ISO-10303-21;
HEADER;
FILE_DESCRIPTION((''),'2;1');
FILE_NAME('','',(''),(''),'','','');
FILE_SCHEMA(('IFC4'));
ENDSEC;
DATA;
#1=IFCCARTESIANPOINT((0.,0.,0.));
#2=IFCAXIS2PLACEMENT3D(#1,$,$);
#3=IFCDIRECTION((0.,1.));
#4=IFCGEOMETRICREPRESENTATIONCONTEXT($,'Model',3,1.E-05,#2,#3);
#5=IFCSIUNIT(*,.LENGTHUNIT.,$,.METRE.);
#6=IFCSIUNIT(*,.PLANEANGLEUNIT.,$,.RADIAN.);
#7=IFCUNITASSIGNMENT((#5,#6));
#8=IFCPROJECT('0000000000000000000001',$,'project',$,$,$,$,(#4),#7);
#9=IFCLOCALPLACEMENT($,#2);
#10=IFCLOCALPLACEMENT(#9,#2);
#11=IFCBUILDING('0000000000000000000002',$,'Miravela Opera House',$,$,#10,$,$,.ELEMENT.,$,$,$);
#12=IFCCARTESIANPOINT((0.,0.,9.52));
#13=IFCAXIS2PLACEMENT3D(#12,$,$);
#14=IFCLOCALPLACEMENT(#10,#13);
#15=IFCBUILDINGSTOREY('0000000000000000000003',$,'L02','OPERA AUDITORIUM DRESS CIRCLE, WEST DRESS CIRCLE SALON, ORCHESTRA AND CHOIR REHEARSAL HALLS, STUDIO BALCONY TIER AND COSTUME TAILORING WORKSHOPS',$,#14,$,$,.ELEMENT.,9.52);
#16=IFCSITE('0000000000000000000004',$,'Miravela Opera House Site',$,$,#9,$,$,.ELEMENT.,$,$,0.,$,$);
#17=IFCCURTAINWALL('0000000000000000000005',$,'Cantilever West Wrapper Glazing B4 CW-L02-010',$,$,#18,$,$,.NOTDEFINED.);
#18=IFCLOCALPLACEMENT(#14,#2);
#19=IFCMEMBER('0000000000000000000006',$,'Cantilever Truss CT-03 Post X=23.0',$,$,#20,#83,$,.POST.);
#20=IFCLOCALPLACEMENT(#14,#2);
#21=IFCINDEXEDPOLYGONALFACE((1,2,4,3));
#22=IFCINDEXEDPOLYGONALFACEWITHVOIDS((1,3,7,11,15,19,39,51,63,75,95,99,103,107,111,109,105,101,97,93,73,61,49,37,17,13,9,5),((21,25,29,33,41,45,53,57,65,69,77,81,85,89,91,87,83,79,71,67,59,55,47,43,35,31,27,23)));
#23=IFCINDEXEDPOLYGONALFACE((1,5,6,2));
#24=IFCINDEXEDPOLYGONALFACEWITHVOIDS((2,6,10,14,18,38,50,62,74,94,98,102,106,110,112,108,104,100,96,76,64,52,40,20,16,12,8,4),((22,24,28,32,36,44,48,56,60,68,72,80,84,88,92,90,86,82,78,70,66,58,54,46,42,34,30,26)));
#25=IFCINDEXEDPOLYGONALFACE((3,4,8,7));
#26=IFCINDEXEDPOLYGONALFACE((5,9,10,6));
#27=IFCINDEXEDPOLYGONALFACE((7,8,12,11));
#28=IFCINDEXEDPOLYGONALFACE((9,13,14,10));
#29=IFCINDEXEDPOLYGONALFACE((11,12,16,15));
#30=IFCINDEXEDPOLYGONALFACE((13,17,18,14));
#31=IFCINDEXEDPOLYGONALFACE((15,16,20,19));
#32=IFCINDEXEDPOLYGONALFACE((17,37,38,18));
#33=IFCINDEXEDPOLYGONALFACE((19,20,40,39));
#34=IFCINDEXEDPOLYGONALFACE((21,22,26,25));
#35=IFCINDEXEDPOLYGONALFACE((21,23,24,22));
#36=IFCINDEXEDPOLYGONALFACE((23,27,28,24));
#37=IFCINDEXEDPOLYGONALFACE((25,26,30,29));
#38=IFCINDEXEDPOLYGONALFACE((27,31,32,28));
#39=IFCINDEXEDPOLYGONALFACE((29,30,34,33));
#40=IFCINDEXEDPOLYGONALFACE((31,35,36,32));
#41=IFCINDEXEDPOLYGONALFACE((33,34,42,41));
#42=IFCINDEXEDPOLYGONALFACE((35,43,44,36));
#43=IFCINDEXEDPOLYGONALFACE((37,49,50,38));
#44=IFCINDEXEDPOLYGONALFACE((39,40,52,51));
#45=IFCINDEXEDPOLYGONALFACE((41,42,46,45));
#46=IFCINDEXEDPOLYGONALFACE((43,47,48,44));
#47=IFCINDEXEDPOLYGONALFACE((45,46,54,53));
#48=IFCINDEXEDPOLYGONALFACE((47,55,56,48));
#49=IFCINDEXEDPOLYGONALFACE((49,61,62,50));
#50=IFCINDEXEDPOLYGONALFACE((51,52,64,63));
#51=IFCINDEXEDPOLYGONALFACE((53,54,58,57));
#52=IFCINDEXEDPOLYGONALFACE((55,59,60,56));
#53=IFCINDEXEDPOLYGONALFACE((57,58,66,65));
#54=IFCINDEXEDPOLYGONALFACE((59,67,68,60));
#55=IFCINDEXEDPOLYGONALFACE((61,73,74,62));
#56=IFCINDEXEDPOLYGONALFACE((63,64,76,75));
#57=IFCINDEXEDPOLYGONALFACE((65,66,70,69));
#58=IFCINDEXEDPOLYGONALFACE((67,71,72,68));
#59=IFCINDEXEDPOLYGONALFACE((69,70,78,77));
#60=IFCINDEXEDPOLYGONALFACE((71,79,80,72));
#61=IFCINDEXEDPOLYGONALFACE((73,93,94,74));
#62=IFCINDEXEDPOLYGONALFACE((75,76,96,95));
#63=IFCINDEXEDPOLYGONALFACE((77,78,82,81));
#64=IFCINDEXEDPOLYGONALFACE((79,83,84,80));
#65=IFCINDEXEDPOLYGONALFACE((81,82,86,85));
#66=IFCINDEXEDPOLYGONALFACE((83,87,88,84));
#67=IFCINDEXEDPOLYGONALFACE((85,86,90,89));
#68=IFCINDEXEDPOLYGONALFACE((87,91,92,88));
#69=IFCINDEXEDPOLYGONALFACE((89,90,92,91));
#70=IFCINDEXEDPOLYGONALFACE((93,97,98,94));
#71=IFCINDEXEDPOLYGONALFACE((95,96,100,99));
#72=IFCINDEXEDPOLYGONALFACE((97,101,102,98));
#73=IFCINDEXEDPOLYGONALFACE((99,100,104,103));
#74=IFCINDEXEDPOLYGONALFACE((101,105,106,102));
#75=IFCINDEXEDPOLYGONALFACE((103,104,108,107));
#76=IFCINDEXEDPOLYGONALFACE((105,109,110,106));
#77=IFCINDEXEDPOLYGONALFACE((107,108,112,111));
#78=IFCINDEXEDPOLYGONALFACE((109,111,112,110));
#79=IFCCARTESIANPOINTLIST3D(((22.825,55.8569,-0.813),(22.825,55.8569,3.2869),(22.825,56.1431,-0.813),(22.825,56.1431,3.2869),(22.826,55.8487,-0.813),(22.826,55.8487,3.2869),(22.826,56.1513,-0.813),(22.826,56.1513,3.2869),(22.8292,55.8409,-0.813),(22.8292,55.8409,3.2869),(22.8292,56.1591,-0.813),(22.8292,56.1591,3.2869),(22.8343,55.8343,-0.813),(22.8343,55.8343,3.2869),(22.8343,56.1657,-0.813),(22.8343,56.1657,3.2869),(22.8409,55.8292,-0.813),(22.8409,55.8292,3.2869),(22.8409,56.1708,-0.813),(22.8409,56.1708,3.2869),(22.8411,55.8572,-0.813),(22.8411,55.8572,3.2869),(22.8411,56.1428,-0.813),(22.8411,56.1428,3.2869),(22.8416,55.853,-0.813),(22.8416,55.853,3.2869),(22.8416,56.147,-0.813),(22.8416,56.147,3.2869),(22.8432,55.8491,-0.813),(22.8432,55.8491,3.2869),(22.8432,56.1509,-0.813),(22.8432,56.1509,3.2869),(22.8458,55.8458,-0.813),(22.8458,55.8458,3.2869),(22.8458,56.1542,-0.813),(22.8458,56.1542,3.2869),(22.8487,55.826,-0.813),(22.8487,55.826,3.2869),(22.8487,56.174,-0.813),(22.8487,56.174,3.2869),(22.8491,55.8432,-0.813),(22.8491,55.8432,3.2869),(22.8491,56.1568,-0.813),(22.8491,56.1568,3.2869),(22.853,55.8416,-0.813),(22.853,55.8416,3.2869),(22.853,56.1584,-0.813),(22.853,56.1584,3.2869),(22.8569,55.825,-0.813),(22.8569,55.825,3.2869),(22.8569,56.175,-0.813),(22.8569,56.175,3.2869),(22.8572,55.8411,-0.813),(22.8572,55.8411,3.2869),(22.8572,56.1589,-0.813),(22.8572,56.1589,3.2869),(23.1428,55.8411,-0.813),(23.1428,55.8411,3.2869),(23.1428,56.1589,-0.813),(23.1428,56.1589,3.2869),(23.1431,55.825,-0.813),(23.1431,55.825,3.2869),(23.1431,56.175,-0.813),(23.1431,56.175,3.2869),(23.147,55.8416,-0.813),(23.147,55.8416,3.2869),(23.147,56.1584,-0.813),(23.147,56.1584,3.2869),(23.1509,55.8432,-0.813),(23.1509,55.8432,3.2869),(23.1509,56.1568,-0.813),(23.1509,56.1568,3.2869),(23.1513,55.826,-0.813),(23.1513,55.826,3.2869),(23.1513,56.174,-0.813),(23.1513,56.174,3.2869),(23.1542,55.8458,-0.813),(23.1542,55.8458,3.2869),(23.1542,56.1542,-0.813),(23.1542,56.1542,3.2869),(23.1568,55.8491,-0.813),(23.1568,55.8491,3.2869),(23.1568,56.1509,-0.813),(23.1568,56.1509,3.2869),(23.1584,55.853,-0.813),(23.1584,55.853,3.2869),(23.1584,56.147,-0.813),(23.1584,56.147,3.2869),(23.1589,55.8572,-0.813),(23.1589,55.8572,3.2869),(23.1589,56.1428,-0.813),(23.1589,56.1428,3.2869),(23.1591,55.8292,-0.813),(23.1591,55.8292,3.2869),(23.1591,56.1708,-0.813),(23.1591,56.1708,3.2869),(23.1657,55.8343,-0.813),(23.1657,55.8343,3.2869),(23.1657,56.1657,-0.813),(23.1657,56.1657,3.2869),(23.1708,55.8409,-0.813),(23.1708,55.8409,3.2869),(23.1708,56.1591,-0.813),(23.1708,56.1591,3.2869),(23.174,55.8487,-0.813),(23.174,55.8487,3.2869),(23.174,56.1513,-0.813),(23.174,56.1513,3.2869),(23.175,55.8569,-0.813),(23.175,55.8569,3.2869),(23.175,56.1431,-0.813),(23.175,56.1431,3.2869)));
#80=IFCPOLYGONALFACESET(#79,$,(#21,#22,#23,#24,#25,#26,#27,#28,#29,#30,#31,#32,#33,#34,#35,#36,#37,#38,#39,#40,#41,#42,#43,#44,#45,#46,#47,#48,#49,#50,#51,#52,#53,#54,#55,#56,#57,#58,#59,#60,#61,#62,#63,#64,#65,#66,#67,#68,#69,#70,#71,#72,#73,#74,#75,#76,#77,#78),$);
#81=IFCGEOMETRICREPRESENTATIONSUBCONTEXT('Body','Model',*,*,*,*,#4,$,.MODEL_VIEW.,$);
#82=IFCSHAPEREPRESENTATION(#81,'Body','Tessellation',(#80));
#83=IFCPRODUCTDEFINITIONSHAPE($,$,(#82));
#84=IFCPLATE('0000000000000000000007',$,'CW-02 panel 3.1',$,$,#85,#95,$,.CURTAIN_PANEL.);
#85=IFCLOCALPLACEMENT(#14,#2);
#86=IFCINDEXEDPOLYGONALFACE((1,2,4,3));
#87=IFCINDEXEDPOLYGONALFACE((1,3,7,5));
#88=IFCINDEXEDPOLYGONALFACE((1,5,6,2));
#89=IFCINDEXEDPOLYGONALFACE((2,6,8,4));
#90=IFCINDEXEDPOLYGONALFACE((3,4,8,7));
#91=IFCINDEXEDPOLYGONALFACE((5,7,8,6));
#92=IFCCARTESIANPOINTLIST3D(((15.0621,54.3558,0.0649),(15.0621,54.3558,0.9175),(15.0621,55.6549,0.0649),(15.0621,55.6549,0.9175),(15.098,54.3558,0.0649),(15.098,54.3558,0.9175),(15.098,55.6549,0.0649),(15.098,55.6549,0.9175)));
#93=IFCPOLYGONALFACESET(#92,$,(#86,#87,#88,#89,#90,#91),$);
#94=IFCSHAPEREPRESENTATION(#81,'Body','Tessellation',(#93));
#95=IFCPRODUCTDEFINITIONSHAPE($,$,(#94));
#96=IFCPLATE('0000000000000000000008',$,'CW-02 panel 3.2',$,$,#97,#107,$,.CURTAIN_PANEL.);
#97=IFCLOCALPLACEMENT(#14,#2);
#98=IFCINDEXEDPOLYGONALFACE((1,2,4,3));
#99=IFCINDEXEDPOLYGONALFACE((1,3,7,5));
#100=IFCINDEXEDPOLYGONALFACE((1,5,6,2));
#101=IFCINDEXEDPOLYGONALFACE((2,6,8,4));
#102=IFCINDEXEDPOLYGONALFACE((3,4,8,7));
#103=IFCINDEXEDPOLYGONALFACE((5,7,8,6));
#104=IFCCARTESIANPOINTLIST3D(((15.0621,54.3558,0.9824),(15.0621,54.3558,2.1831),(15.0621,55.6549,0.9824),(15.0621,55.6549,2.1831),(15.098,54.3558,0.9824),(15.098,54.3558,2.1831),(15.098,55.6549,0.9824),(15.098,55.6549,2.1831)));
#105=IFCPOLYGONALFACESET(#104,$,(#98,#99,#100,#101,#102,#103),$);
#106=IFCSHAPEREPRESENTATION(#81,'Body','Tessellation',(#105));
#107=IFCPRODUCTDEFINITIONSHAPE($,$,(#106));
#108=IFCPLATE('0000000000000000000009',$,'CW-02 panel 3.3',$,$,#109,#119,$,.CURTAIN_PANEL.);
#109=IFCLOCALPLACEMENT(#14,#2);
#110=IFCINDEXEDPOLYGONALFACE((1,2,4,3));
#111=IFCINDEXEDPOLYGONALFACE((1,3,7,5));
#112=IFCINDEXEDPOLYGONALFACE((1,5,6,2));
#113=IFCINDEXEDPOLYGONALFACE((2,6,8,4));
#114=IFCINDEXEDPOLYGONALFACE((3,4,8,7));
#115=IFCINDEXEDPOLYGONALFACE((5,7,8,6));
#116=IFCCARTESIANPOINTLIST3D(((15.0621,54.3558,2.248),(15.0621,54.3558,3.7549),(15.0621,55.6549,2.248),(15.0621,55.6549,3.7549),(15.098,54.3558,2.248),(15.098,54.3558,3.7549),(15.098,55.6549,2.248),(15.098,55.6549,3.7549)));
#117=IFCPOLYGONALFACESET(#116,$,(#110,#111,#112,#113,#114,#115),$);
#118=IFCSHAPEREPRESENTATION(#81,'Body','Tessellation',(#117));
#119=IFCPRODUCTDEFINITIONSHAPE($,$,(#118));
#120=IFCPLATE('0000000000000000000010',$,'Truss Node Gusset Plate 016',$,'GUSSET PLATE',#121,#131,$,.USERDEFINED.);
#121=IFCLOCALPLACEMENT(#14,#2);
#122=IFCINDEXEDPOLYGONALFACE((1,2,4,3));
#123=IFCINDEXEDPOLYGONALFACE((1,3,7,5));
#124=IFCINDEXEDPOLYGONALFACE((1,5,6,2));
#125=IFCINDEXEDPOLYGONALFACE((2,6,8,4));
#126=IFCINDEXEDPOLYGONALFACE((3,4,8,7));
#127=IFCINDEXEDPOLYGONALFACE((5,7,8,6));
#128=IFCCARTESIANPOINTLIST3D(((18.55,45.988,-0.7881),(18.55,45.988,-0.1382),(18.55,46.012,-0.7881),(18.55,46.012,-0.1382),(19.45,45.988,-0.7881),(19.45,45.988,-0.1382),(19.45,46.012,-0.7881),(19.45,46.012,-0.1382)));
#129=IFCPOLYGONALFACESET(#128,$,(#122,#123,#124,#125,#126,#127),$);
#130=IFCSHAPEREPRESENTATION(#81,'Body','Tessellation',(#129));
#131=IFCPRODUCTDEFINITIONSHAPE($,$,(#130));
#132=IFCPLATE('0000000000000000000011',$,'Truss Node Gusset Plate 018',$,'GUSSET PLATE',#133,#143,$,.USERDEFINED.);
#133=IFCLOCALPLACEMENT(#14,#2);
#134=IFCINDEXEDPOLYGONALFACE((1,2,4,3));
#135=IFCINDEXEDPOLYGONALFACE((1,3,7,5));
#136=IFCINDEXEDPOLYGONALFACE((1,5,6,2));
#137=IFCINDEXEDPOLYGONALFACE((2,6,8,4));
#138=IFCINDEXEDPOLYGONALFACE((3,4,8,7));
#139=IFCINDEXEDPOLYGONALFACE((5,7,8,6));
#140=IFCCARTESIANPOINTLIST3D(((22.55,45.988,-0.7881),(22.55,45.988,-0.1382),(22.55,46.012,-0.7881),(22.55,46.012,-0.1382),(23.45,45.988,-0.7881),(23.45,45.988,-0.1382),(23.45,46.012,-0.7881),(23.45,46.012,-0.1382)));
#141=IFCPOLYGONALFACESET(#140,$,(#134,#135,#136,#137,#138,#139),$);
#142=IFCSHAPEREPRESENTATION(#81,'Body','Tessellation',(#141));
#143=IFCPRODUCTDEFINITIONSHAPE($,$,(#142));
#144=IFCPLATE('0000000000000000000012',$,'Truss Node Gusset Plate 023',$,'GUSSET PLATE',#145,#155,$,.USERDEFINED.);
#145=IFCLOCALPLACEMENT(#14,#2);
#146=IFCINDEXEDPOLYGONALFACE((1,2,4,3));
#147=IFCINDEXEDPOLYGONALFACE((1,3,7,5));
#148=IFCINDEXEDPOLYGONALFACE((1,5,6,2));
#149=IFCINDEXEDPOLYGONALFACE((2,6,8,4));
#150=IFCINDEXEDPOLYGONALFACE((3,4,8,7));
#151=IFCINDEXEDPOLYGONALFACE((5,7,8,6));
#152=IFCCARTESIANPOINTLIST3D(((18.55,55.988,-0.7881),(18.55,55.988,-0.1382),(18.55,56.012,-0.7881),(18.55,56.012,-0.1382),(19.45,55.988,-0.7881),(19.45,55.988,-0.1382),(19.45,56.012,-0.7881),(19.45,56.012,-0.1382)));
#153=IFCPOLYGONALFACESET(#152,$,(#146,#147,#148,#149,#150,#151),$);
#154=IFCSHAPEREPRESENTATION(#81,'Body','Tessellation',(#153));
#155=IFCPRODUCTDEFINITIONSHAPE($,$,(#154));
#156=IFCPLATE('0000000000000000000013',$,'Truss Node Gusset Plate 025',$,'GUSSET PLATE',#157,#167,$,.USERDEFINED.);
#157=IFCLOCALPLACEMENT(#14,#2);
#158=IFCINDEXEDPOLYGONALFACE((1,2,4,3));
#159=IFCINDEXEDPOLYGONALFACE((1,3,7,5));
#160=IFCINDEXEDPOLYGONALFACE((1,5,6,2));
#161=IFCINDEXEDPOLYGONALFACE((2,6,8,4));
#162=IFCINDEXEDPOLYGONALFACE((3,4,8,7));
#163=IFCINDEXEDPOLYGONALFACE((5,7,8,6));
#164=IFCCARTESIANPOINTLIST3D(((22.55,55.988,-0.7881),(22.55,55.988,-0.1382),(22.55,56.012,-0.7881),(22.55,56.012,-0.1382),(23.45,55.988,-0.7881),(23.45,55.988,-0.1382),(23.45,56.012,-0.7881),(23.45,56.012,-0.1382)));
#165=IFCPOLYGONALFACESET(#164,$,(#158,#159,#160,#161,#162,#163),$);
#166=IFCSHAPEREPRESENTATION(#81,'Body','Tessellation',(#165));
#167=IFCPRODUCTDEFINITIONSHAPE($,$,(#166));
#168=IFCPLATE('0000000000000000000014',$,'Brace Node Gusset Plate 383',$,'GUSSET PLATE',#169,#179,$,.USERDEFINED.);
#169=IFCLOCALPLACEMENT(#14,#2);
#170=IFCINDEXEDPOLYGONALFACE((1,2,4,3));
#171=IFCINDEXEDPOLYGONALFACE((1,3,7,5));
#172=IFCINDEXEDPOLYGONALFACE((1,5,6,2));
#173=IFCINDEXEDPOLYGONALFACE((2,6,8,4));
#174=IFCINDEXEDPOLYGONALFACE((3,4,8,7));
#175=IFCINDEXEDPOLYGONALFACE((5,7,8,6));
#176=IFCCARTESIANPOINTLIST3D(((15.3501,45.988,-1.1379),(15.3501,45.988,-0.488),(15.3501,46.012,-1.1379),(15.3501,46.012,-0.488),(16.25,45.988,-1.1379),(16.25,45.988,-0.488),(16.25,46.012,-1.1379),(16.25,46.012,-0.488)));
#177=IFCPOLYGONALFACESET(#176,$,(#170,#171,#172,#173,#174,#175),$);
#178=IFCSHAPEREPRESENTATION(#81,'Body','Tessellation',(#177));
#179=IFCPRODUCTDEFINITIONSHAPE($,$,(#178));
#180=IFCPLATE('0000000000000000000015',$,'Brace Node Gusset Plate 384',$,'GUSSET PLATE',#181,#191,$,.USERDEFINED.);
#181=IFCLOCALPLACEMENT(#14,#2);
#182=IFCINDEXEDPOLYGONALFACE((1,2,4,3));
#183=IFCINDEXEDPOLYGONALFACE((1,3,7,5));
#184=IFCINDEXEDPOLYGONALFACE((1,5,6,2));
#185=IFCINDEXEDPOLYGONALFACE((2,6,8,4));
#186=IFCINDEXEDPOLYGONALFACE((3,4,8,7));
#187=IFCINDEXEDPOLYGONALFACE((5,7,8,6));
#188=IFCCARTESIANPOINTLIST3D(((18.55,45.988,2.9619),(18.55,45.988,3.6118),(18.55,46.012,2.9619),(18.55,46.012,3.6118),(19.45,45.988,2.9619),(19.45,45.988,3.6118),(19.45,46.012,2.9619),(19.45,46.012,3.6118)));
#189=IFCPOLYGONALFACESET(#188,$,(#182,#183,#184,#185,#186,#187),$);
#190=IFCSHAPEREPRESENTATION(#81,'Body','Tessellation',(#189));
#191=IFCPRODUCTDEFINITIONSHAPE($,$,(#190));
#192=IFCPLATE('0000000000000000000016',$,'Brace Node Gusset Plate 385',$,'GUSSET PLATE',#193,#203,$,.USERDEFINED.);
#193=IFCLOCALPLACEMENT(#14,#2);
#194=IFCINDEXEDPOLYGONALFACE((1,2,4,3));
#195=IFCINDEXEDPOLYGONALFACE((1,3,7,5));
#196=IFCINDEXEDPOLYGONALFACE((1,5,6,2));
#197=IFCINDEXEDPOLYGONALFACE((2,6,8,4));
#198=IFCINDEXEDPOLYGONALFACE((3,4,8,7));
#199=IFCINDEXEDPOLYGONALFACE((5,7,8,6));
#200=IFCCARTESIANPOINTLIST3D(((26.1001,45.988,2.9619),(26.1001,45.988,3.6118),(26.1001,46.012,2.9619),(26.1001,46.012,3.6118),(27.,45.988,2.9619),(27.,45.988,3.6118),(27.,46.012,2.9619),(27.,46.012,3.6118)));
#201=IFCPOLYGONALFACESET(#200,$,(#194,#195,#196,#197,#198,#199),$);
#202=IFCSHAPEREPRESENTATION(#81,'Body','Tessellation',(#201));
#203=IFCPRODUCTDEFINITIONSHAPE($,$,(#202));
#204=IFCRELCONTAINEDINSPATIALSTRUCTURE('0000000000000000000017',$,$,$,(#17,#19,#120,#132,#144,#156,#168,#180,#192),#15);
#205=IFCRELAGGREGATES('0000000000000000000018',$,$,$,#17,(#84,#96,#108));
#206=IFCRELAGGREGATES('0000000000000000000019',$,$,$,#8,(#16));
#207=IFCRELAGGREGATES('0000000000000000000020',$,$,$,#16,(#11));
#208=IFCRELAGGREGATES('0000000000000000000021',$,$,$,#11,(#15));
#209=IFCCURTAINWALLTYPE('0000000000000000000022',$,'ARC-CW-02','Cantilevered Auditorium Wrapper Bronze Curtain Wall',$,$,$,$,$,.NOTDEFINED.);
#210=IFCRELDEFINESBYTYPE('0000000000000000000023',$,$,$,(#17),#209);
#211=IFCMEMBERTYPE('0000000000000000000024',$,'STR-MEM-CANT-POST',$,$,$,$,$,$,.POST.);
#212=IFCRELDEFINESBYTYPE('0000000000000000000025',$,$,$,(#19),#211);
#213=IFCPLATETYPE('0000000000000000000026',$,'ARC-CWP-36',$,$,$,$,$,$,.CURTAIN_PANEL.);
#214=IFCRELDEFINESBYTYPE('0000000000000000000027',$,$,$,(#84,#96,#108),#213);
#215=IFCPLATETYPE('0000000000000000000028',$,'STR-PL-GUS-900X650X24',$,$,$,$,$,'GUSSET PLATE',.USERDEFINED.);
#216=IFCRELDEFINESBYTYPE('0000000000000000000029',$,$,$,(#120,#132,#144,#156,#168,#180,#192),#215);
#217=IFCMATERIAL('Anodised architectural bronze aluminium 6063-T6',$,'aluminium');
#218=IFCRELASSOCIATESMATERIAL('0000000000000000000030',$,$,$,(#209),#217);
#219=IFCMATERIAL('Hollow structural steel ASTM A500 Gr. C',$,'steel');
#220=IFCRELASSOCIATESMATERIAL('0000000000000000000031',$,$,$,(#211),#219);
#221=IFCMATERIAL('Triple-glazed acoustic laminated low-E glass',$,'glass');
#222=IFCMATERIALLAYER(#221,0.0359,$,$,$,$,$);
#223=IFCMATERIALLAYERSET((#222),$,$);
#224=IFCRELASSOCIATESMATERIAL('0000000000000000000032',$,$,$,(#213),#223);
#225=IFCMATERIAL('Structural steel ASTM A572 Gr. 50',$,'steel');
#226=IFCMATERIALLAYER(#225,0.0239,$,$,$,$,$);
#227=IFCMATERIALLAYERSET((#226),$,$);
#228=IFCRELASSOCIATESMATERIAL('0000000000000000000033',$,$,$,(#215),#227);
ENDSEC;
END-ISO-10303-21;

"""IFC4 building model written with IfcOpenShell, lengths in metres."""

from ifc_helpers import new_model, si_unit, direction, frame, origin, origin_2d, place, context, subcontext, project, spatial, rectangle, hollow_rectangle, extrude, material, layer, layer_set, material_profile, profile_set, type_object, element, aggregate, save


model = new_model("IFC4")

# Units and contexts
model_context = context("Model", 3, precision=1e-05, world=origin(), true_north=direction((0.0, 1.0)))
body_context = subcontext(model_context, "Body", "Model", "MODEL_VIEW")
ifc_project = project(units=[si_unit("LENGTHUNIT", "METRE"), si_unit("PLANEANGLEUNIT", "RADIAN")], contexts=[model_context])

# Site, building, storey
site_placement = place(None, origin())
site = spatial("IfcSite", under=ifc_project, at=site_placement, Name="Miravela Opera House Site", CompositionType="ELEMENT", RefElevation=0.0)
building_placement = place(site_placement, origin())
building = spatial("IfcBuilding", under=site, at=building_placement, Name="Miravela Opera House", CompositionType="ELEMENT")
storey_placement = place(building_placement, frame((0.0, 0.0, 9.52)))
storey = spatial("IfcBuildingStorey", under=building, at=storey_placement, Name="L02", Description="OPERA AUDITORIUM DRESS CIRCLE, WEST DRESS CIRCLE SALON, ORCHESTRA AND CHOIR REHEARSAL HALLS, STUDIO BALCONY TIER AND COSTUME TAILORING WORKSHOPS", CompositionType="ELEMENT", Elevation=9.52)

# Curtain wall
ifc_material_1 = material(Name="Anodised architectural bronze aluminium 6063-T6", Category="aluminium")
curtain_wall_type = type_object("IfcCurtainWallType", Name="ARC-CW-02", Description="Cantilevered Auditorium Wrapper Bronze Curtain Wall", PredefinedType="NOTDEFINED", material=ifc_material_1)
curtain_wall_placement = place(storey_placement, origin())
curtain_wall = element("IfcCurtainWall", 1, at=curtain_wall_placement, inside=storey, type_object=curtain_wall_type, Name="Cantilever West Wrapper Glazing B4 CW-L02-010", PredefinedType="NOTDEFINED")

# Member
ifc_material_2 = material(Name="Hollow structural steel ASTM A500 Gr. C", Category="steel")
ifc_material_profile_1 = material_profile(ifc_material_2, hollow_rectangle(XDim=0.3501, YDim=0.3501, WallThickness=0.0161, InnerFilletRadius=0.0161, OuterFilletRadius=0.032, at=origin_2d()), Name="HSS350X350X16")
ifc_profile_set_1 = profile_set([ifc_material_profile_1])
member_type_1 = type_object("IfcMemberType", Name="STR-MEM-CANT-POST", PredefinedType="POST", material=ifc_profile_set_1)
for number, where, z_axis, x_axis, name in (
    (2, (23.0, 56.0, -0.813), (0.0, 0.0, 1.0), (1.0, 0.0, 0.0), "Cantilever Truss CT-03 Post X=23.0"),
):
    element("IfcMember", number, at=place(storey_placement, frame(where, z_axis=z_axis, x_axis=x_axis)), inside=storey, type_object=member_type_1, Name=name, PredefinedType="POST", context=body_context, shape_type="SweptSolid", body=[
        extrude(hollow_rectangle(XDim=0.3501, YDim=0.3501, WallThickness=0.0161, InnerFilletRadius=0.0161, OuterFilletRadius=0.032, at=origin_2d()), origin(), (0.0, 0.0, 1.0), 4.0999),
    ])

# Plates
ifc_material_3 = material(Name="Triple-glazed acoustic laminated low-E glass", Category="glass")
ifc_layer_1 = layer(ifc_material_3, 0.0359)
ifc_layer_set_1 = layer_set([ifc_layer_1])
plate_type_1 = type_object("IfcPlateType", Name="ARC-CWP-36", PredefinedType="CURTAIN_PANEL", material=ifc_layer_set_1)
plate_1_placement = place(storey_placement, frame((15.0801, 55.0054, 0.0649), z_axis=(0.0, 0.0, 1.0), x_axis=(0.0, 1.0, 0.0)))
plate_1 = element("IfcPlate", 3, at=plate_1_placement, type_object=plate_type_1, Name="CW-02 panel 3.1", PredefinedType="CURTAIN_PANEL", context=body_context, shape_type="SweptSolid", body=[
    extrude(rectangle(XDim=1.2991, YDim=0.0359, at=origin_2d()), origin(), (0.0, 0.0, 1.0), 0.8525),
])
plate_2_placement = place(storey_placement, frame((15.0801, 55.0054, 0.9824), z_axis=(0.0, 0.0, 1.0), x_axis=(0.0, 1.0, 0.0)))
plate_2 = element("IfcPlate", 4, at=plate_2_placement, type_object=plate_type_1, Name="CW-02 panel 3.2", PredefinedType="CURTAIN_PANEL", context=body_context, shape_type="SweptSolid", body=[
    extrude(rectangle(XDim=1.2991, YDim=0.0359, at=origin_2d()), origin(), (0.0, 0.0, 1.0), 1.2007),
])
plate_3_placement = place(storey_placement, frame((15.0801, 55.0054, 2.248), z_axis=(0.0, 0.0, 1.0), x_axis=(0.0, 1.0, 0.0)))
plate_3 = element("IfcPlate", 5, at=plate_3_placement, type_object=plate_type_1, Name="CW-02 panel 3.3", PredefinedType="CURTAIN_PANEL", context=body_context, shape_type="SweptSolid", body=[
    extrude(rectangle(XDim=1.2991, YDim=0.0359, at=origin_2d()), origin(), (0.0, 0.0, 1.0), 1.5068),
])
aggregate(curtain_wall, [plate_1, plate_2, plate_3])

# Plates
ifc_material_4 = material(Name="Structural steel ASTM A572 Gr. 50", Category="steel")
ifc_layer_2 = layer(ifc_material_4, 0.0239)
ifc_layer_set_2 = layer_set([ifc_layer_2])
plate_type_2 = type_object("IfcPlateType", Name="STR-PL-GUS-900X650X24", ElementType="GUSSET PLATE", PredefinedType="USERDEFINED", material=ifc_layer_set_2)
for number, where, z_axis, x_axis, name in (
    (6, (19.0, 46.0, -0.7881), (0.0, 0.0, 1.0), (1.0, 0.0, 0.0), "Truss Node Gusset Plate 016"),
    (7, (23.0, 46.0, -0.7881), (0.0, 0.0, 1.0), (1.0, 0.0, 0.0), "Truss Node Gusset Plate 018"),
    (8, (19.0, 56.0, -0.7881), (0.0, 0.0, 1.0), (1.0, 0.0, 0.0), "Truss Node Gusset Plate 023"),
    (9, (23.0, 56.0, -0.7881), (0.0, 0.0, 1.0), (1.0, 0.0, 0.0), "Truss Node Gusset Plate 025"),
    (10, (15.8, 46.0, -1.1379), (0.0, 0.0, 1.0), (1.0, 0.0, 0.0), "Brace Node Gusset Plate 383"),
    (11, (19.0, 46.0, 2.9619), (0.0, 0.0, 1.0), (1.0, 0.0, 0.0), "Brace Node Gusset Plate 384"),
    (12, (26.55, 46.0, 2.9619), (0.0, 0.0, 1.0), (1.0, 0.0, 0.0), "Brace Node Gusset Plate 385"),
):
    element("IfcPlate", number, at=place(storey_placement, frame(where, z_axis=z_axis, x_axis=x_axis)), inside=storey, type_object=plate_type_2, Name=name, ObjectType="GUSSET PLATE", PredefinedType="USERDEFINED", context=body_context, shape_type="SweptSolid", body=[
        extrude(rectangle(XDim=0.8999, YDim=0.0239, at=origin_2d()), origin(), (0.0, 0.0, 1.0), 0.6499),
    ])

save(model, "model.ifc")
